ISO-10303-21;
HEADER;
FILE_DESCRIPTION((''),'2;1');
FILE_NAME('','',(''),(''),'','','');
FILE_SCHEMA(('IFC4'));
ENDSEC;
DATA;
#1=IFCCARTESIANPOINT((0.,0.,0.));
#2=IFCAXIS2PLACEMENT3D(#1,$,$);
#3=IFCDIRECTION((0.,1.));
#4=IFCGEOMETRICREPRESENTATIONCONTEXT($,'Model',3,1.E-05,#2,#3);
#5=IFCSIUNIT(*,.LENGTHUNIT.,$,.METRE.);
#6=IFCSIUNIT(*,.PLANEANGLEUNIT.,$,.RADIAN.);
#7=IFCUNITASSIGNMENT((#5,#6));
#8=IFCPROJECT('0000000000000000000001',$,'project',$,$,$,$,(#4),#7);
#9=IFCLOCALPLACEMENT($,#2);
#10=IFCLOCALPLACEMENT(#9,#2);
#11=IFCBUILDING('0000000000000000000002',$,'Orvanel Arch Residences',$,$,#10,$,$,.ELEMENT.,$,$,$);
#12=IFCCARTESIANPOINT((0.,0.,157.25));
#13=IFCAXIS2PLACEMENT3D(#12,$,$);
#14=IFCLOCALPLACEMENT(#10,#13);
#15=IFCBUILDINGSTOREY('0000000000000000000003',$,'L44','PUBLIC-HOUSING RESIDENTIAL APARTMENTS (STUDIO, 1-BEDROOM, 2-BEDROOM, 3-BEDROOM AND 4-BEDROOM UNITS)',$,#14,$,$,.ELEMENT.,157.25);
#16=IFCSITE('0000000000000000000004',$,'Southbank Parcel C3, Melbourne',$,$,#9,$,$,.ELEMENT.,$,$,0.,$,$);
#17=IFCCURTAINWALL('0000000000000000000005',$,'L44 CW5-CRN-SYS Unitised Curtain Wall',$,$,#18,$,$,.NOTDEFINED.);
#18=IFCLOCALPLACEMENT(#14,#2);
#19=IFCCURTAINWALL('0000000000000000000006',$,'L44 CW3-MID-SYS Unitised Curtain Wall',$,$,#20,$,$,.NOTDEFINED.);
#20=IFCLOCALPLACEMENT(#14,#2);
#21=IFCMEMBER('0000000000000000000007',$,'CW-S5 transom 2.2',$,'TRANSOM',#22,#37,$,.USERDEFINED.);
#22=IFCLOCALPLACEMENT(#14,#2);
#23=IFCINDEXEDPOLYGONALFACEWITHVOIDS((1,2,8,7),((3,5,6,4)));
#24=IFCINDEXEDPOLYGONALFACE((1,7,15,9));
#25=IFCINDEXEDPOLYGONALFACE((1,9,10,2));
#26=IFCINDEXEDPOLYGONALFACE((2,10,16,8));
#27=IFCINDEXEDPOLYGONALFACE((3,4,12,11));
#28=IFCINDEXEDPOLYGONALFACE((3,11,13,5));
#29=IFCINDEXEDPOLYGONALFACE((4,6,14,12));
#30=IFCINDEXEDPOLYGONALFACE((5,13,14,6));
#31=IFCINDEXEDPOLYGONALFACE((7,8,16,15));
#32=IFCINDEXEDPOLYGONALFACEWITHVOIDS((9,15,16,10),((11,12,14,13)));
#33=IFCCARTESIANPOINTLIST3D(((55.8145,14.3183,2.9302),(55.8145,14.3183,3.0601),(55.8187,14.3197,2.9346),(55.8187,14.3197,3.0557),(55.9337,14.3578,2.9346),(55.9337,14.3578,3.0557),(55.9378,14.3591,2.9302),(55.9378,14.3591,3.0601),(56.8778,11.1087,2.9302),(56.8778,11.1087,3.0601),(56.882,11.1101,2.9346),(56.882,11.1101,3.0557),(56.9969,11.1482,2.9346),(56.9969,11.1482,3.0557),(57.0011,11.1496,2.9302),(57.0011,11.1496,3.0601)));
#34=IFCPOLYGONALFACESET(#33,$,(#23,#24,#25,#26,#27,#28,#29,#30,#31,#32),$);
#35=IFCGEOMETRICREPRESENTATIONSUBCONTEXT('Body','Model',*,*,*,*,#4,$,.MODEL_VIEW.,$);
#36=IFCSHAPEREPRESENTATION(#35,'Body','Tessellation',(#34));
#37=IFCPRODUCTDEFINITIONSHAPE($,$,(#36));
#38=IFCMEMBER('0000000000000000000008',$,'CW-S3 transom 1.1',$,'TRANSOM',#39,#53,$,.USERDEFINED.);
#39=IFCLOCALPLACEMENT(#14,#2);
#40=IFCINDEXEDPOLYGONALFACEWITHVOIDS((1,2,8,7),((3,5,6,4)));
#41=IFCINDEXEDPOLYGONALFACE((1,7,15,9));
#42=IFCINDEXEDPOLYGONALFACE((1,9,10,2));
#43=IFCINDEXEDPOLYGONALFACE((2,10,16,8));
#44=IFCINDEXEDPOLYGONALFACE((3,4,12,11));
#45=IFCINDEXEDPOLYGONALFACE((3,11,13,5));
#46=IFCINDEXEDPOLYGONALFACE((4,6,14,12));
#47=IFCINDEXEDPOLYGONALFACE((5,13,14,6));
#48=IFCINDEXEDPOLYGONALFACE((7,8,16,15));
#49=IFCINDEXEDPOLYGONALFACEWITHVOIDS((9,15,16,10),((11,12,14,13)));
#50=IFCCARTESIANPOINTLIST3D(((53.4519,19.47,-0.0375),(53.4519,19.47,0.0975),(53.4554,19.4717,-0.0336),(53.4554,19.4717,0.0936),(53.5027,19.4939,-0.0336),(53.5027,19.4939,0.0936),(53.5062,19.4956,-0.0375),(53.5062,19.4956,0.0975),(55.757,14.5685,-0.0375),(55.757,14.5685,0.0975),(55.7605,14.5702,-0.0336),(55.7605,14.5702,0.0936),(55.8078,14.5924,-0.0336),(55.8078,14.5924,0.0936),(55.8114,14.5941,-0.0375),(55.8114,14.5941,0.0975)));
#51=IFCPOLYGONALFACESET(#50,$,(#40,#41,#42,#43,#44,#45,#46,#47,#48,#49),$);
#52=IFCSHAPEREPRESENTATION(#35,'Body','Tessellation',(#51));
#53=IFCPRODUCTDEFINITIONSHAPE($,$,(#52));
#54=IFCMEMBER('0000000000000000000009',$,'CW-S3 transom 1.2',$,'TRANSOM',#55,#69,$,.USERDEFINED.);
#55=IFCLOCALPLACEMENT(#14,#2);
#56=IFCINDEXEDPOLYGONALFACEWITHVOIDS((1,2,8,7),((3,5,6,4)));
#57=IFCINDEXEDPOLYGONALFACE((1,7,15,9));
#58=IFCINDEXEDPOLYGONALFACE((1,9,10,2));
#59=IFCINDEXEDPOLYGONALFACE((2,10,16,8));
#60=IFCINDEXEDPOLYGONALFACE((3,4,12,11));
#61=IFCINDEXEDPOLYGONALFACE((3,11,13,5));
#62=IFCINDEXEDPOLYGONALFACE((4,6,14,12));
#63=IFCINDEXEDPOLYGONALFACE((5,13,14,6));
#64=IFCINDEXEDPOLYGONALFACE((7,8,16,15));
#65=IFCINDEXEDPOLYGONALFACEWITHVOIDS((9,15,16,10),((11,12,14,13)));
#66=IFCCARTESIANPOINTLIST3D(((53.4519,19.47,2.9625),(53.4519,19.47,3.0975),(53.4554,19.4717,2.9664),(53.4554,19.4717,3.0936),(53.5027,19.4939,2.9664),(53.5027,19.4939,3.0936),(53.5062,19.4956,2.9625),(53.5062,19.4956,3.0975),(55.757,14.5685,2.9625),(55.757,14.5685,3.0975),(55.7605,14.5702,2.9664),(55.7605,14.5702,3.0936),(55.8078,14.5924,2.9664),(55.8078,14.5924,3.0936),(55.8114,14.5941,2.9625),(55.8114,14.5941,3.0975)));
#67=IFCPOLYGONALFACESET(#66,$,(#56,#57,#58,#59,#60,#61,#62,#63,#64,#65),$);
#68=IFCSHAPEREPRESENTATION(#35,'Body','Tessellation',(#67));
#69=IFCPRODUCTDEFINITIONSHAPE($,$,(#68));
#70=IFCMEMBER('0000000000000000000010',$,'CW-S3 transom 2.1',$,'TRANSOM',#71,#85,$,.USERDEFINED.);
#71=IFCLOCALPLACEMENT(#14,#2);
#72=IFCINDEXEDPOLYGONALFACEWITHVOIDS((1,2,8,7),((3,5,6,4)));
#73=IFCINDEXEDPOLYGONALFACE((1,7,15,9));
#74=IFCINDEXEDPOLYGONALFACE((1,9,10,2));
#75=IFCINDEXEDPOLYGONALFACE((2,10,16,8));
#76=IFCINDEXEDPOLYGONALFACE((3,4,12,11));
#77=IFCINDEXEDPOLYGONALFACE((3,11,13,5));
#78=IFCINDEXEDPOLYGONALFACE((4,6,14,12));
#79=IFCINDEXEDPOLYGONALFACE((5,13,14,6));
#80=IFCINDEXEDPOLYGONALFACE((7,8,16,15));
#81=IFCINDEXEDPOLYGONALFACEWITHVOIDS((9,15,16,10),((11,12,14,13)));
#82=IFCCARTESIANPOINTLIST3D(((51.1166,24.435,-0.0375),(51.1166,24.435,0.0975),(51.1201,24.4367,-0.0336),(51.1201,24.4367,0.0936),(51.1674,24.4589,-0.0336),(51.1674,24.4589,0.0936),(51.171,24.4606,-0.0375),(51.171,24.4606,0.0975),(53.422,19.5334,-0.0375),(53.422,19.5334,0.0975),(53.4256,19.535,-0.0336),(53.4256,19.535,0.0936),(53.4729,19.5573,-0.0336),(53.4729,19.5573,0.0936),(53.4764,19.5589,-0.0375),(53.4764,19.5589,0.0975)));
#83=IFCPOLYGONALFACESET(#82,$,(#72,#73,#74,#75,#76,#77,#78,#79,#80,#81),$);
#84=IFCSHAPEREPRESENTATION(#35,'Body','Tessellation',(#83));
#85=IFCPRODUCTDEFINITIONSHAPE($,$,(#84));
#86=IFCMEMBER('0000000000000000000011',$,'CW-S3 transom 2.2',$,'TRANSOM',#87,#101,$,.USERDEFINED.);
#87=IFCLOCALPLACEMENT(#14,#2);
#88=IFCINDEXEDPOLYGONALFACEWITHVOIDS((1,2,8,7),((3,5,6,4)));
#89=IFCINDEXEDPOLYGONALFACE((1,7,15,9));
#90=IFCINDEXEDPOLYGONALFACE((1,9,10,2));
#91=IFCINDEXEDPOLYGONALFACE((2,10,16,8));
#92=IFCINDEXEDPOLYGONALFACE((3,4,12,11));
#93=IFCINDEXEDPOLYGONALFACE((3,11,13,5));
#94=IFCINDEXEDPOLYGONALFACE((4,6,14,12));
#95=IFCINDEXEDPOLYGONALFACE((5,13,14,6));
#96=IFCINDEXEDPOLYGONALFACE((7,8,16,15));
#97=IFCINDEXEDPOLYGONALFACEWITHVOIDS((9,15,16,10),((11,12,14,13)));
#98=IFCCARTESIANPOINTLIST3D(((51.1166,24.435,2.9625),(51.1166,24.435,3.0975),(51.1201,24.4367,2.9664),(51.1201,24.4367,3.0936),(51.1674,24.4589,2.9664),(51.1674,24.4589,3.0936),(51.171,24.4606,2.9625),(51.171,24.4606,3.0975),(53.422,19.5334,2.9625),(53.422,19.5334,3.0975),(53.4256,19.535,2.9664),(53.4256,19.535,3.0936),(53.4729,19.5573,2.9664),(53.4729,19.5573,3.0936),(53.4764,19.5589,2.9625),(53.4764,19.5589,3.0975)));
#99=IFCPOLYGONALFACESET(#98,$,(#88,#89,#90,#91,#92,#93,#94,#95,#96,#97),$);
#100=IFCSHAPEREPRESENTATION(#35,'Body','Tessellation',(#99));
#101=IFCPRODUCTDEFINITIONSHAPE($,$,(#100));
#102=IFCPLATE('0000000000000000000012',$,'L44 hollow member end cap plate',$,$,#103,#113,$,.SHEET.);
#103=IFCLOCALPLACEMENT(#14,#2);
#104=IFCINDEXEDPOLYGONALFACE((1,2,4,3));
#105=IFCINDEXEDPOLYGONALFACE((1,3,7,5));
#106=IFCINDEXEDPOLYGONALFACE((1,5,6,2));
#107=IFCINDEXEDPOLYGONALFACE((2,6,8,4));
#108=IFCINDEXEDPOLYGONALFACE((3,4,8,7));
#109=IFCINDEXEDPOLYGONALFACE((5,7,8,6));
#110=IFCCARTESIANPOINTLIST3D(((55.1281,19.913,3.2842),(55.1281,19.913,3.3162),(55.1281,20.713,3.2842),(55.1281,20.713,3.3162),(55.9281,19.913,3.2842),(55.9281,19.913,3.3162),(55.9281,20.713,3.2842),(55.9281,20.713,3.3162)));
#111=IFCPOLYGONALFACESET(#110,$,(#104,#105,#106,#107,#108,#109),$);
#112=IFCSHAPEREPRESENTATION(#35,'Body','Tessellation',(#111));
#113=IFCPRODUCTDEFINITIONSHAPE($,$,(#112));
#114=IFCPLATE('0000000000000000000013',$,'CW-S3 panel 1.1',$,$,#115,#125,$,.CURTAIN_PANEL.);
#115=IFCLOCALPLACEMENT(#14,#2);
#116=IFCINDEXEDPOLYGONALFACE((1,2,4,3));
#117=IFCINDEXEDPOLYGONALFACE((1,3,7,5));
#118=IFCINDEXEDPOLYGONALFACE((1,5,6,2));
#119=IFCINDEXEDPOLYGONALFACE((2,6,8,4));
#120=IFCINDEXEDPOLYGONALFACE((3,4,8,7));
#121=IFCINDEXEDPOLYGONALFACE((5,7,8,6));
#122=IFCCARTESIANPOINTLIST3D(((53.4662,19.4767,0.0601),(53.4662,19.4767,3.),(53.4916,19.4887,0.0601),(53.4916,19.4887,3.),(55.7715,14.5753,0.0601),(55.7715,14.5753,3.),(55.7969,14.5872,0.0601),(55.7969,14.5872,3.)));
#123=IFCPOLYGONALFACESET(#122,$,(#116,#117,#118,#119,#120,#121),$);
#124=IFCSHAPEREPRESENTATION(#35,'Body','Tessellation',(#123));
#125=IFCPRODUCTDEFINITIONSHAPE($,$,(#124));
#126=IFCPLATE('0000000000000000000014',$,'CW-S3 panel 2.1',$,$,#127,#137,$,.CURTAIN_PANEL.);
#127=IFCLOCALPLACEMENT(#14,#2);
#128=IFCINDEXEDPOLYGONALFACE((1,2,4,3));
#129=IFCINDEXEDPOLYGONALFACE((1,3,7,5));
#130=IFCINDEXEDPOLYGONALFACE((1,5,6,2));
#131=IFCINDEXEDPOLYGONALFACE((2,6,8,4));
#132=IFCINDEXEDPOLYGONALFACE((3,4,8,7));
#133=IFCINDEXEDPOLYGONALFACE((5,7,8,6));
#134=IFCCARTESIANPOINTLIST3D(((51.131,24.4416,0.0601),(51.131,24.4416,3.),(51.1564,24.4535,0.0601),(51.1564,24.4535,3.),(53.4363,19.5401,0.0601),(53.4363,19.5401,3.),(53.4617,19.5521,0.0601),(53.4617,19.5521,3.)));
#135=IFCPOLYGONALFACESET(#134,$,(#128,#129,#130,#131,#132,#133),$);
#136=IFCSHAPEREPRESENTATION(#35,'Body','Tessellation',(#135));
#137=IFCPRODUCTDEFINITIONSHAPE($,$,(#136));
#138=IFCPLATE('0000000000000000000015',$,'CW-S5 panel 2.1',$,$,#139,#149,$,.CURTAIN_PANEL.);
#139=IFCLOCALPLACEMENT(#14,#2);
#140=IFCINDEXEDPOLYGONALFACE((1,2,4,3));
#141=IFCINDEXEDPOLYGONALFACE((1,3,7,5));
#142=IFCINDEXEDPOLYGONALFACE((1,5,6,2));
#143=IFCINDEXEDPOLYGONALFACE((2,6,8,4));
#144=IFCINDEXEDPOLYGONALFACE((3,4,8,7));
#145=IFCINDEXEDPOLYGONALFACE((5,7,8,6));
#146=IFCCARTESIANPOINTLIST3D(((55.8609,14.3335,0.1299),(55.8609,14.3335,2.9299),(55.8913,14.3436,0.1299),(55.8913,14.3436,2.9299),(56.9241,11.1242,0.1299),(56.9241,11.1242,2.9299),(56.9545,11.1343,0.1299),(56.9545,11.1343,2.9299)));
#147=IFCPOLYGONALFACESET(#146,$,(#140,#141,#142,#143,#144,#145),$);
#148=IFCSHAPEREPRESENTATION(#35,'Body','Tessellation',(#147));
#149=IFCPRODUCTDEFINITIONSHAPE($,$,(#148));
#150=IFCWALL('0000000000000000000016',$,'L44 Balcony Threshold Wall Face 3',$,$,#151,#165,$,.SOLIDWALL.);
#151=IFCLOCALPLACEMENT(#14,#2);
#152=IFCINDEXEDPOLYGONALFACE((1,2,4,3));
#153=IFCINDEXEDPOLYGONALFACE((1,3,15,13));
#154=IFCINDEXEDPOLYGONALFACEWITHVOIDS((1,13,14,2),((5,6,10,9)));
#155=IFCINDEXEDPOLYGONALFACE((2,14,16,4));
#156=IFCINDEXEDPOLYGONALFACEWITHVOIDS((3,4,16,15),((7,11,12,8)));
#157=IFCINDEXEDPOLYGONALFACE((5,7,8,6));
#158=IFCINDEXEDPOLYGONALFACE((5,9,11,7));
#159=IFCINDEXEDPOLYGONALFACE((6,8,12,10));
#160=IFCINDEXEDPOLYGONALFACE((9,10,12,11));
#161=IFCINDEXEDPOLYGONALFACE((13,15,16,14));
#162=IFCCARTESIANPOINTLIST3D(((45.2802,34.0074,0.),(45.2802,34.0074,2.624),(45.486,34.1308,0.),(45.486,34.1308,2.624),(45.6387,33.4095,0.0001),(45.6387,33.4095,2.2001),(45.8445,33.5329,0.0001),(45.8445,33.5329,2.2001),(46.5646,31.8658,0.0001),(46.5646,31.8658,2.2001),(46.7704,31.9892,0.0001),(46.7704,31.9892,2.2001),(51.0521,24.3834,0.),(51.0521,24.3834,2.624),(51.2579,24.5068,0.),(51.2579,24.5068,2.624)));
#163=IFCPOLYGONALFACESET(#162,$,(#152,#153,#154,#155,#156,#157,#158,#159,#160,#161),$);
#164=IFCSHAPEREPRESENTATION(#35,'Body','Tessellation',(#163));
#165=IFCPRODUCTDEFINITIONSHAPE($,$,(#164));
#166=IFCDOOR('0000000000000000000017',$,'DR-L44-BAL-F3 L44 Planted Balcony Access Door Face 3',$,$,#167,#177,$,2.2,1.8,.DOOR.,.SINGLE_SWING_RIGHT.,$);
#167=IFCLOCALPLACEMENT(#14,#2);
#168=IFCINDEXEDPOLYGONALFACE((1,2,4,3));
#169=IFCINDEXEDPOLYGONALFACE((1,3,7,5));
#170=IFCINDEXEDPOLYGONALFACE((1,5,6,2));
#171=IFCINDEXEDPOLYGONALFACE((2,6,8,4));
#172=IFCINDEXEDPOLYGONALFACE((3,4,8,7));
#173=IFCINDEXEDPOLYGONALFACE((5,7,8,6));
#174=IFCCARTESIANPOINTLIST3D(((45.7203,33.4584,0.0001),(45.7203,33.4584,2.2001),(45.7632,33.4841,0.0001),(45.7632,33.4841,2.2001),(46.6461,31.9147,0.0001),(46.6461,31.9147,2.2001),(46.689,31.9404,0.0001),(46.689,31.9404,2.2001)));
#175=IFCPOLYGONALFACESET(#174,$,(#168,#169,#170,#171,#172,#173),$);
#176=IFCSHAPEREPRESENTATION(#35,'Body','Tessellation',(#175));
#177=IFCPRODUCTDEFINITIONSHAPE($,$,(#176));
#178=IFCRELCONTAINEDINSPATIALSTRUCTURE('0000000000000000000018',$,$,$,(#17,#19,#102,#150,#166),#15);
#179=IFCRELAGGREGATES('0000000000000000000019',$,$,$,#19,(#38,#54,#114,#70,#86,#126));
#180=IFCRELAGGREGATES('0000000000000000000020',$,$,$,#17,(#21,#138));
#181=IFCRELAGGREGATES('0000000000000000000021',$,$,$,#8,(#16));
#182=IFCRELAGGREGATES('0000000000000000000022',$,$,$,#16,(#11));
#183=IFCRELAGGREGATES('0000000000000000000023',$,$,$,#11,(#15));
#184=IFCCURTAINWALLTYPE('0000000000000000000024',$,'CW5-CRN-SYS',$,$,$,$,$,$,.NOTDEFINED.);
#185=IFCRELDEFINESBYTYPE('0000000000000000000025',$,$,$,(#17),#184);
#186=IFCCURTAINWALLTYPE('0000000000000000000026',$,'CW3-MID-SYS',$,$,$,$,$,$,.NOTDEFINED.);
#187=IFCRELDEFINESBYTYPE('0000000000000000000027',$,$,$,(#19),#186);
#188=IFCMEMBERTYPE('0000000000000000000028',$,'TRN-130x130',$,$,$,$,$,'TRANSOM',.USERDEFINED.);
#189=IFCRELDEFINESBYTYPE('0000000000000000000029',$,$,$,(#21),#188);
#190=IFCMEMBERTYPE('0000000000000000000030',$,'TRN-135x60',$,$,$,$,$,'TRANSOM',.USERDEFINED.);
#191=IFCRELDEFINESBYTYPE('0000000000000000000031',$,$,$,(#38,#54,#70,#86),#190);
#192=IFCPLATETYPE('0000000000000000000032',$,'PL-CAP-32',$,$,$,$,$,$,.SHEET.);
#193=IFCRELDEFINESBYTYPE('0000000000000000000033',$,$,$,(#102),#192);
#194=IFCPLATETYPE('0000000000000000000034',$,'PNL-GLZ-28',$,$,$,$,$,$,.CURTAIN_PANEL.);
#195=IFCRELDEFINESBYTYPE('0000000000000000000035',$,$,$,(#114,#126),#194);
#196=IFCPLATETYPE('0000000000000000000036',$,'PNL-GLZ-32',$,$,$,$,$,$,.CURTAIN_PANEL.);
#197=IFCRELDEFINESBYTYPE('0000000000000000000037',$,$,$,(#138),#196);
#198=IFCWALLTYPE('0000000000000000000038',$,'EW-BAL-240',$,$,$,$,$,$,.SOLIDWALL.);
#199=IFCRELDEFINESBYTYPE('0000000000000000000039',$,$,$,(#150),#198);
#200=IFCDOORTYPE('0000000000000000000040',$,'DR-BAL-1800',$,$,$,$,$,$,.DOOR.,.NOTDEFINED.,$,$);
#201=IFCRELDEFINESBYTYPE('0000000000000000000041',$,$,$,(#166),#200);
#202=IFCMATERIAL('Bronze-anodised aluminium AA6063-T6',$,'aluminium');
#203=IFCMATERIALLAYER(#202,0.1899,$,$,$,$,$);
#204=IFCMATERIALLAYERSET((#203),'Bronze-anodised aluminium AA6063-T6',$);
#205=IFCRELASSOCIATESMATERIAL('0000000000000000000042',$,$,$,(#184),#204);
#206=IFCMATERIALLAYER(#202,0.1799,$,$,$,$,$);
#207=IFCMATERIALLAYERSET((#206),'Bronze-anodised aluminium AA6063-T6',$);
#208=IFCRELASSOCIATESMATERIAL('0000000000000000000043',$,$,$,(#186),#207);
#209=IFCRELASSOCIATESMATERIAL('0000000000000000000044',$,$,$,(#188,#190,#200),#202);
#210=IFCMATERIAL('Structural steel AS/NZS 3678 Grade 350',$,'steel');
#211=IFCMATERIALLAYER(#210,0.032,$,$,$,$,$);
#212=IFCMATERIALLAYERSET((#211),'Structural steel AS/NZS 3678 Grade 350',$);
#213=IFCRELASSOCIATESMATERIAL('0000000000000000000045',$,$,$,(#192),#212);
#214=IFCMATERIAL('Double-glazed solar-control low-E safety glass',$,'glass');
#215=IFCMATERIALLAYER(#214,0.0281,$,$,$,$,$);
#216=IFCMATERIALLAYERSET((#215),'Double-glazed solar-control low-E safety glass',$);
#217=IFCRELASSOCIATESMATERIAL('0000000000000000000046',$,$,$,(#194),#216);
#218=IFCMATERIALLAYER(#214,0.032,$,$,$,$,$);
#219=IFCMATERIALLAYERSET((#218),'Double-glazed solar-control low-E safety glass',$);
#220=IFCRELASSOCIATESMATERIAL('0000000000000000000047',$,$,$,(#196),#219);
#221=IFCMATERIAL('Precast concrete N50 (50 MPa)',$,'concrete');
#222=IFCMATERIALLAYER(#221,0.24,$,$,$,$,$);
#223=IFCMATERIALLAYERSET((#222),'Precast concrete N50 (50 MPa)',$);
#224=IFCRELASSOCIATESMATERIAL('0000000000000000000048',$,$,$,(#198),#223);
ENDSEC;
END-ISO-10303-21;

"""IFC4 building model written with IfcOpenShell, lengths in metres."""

from ifc_helpers import new_model, si_unit, direction, frame, frame_2d, origin, origin_2d, place, context, subcontext, project, spatial, rectangle, hollow_rectangle, extrude, material, layer, layer_set, material_profile, profile_set, type_object, element, fill, aggregate, save


model = new_model("IFC4")

# Units and contexts
model_context = context("Model", 3, precision=1e-05, world=origin(), true_north=direction((0.0, 1.0)))
body_context = subcontext(model_context, "Body", "Model", "MODEL_VIEW")
ifc_project = project(units=[si_unit("LENGTHUNIT", "METRE"), si_unit("PLANEANGLEUNIT", "RADIAN")], contexts=[model_context])

# Site, building, storey
site_placement = place(None, origin())
site = spatial("IfcSite", under=ifc_project, at=site_placement, Name="Southbank Parcel C3, Melbourne", CompositionType="ELEMENT", RefElevation=0.0)
building_placement = place(site_placement, origin())
building = spatial("IfcBuilding", under=site, at=building_placement, Name="Orvanel Arch Residences", CompositionType="ELEMENT")
storey_placement = place(building_placement, frame((0.0, 0.0, 157.25)))
storey = spatial("IfcBuildingStorey", under=building, at=storey_placement, Name="L44", Description="PUBLIC-HOUSING RESIDENTIAL APARTMENTS (STUDIO, 1-BEDROOM, 2-BEDROOM, 3-BEDROOM AND 4-BEDROOM UNITS)", CompositionType="ELEMENT", Elevation=157.25)

# Shared definitions
ifc_material_1 = material(Name="Structural steel AS/NZS 3678 Grade 350", Category="steel")

# Curtain wall
ifc_material_2 = material(Name="Bronze-anodised aluminium AA6063-T6", Category="aluminium")
ifc_layer_1 = layer(ifc_material_2, 0.1899)
ifc_layer_set_1 = layer_set([ifc_layer_1], Name="Bronze-anodised aluminium AA6063-T6")
curtain_wall_type_1 = type_object("IfcCurtainWallType", Name="CW5-CRN-SYS", PredefinedType="NOTDEFINED", material=ifc_layer_set_1)
curtain_wall_1_placement = place(storey_placement, origin())
curtain_wall_1 = element("IfcCurtainWall", 1, at=curtain_wall_1_placement, inside=storey, type_object=curtain_wall_type_1, Name="L44 CW5-CRN-SYS Unitised Curtain Wall", PredefinedType="NOTDEFINED")

# Curtain wall
ifc_layer_2 = layer(ifc_material_2, 0.1799)
ifc_layer_set_2 = layer_set([ifc_layer_2], Name="Bronze-anodised aluminium AA6063-T6")
curtain_wall_type_2 = type_object("IfcCurtainWallType", Name="CW3-MID-SYS", PredefinedType="NOTDEFINED", material=ifc_layer_set_2)
curtain_wall_2_placement = place(storey_placement, origin())
curtain_wall_2 = element("IfcCurtainWall", 2, at=curtain_wall_2_placement, inside=storey, type_object=curtain_wall_type_2, Name="L44 CW3-MID-SYS Unitised Curtain Wall", PredefinedType="NOTDEFINED")

# Members
ifc_material_profile_1 = material_profile(ifc_material_2, hollow_rectangle(XDim=0.1299, YDim=0.1299, WallThickness=0.0044, at=origin_2d()), Name="ALU130x130x4.5")
ifc_profile_set_1 = profile_set([ifc_material_profile_1], Name="Bronze-anodised aluminium AA6063-T6")
member_type_1 = type_object("IfcMemberType", Name="TRN-130x130", ElementType="TRANSOM", PredefinedType="USERDEFINED", material=ifc_profile_set_1)
member_1_placement = place(storey_placement, frame((56.9395, 11.1292, 2.9951), z_axis=(-0.314473, 0.949267, 0.0), x_axis=(-0.949267, -0.314473, 0.0)))
member_1 = element("IfcMember", 3, at=member_1_placement, type_object=member_type_1, Name="CW-S5 transom 2.2", ObjectType="TRANSOM", PredefinedType="USERDEFINED", context=body_context, shape_type="SweptSolid", body=[
    extrude(hollow_rectangle(XDim=0.1299, YDim=0.1299, WallThickness=0.0044, at=origin_2d()), origin(), (0.0, 0.0, 1.0), 3.3811),
])
ifc_material_profile_2 = material_profile(ifc_material_2, hollow_rectangle(XDim=0.0601, YDim=0.135, WallThickness=0.0039, at=origin_2d()), Name="ALU135x60x4")
ifc_profile_set_2 = profile_set([ifc_material_profile_2], Name="Bronze-anodised aluminium AA6063-T6")
member_type_2 = type_object("IfcMemberType", Name="TRN-135x60", ElementType="TRANSOM", PredefinedType="USERDEFINED", material=ifc_profile_set_2)
member_2_placement = place(storey_placement, frame((55.7842, 14.5813, 0.03), z_axis=(-0.425576, 0.904923, 0.0), x_axis=(-0.904923, -0.425576, 0.0)))
member_2 = element("IfcMember", 4, at=member_2_placement, type_object=member_type_2, Name="CW-S3 transom 1.1", ObjectType="TRANSOM", PredefinedType="USERDEFINED", context=body_context, shape_type="SweptSolid", body=[
    extrude(hollow_rectangle(XDim=0.0601, YDim=0.135, WallThickness=0.0039, at=origin_2d()), origin(), (0.0, 0.0, 1.0), 5.4165),
])
member_3_placement = place(storey_placement, frame((55.7842, 14.5813, 3.03), z_axis=(-0.425576, 0.904923, 0.0), x_axis=(-0.904923, -0.425576, 0.0)))
member_3 = element("IfcMember", 5, at=member_3_placement, type_object=member_type_2, Name="CW-S3 transom 1.2", ObjectType="TRANSOM", PredefinedType="USERDEFINED", context=body_context, shape_type="SweptSolid", body=[
    extrude(hollow_rectangle(XDim=0.0601, YDim=0.135, WallThickness=0.0039, at=origin_2d()), origin(), (0.0, 0.0, 1.0), 5.4165),
])
member_4_placement = place(storey_placement, frame((53.4492, 19.5461, 0.03), z_axis=(-0.425613, 0.904906, 0.0), x_axis=(-0.904906, -0.425613, 0.0)))
member_4 = element("IfcMember", 6, at=member_4_placement, type_object=member_type_2, Name="CW-S3 transom 2.1", ObjectType="TRANSOM", PredefinedType="USERDEFINED", context=body_context, shape_type="SweptSolid", body=[
    extrude(hollow_rectangle(XDim=0.0601, YDim=0.135, WallThickness=0.0039, at=origin_2d()), origin(), (0.0, 0.0, 1.0), 5.4167),
])
member_5_placement = place(storey_placement, frame((53.4492, 19.5461, 3.03), z_axis=(-0.425613, 0.904906, 0.0), x_axis=(-0.904906, -0.425613, 0.0)))
member_5 = element("IfcMember", 7, at=member_5_placement, type_object=member_type_2, Name="CW-S3 transom 2.2", ObjectType="TRANSOM", PredefinedType="USERDEFINED", context=body_context, shape_type="SweptSolid", body=[
    extrude(hollow_rectangle(XDim=0.0601, YDim=0.135, WallThickness=0.0039, at=origin_2d()), origin(), (0.0, 0.0, 1.0), 5.4167),
])

# Plates
ifc_layer_3 = layer(ifc_material_1, 0.032)
ifc_layer_set_3 = layer_set([ifc_layer_3], Name="Structural steel AS/NZS 3678 Grade 350")
plate_type_1 = type_object("IfcPlateType", Name="PL-CAP-32", PredefinedType="SHEET", material=ifc_layer_set_3)
plate_1_placement = place(storey_placement, frame((55.5281, 20.313, 3.2842), z_axis=(0.0, 0.0, 1.0), x_axis=(1.0, 0.0, 0.0)))
element("IfcPlate", 8, at=plate_1_placement, inside=storey, type_object=plate_type_1, Name="L44 hollow member end cap plate", PredefinedType="SHEET", context=body_context, shape_type="SweptSolid", body=[
    extrude(rectangle(XDim=0.8, YDim=0.8, at=origin_2d()), origin(), (0.0, 0.0, 1.0), 0.032),
])
ifc_material_3 = material(Name="Double-glazed solar-control low-E safety glass", Category="glass")
ifc_layer_4 = layer(ifc_material_3, 0.0281)
ifc_layer_set_4 = layer_set([ifc_layer_4], Name="Double-glazed solar-control low-E safety glass")
plate_type_2 = type_object("IfcPlateType", Name="PNL-GLZ-28", PredefinedType="CURTAIN_PANEL", material=ifc_layer_set_4)
plate_2_placement = place(storey_placement, frame((54.6316, 17.032, 0.0601), z_axis=(0.0, 0.0, 1.0), x_axis=(-0.425605, 0.904909, 0.0)))
plate_2 = element("IfcPlate", 9, at=plate_2_placement, type_object=plate_type_2, Name="CW-S3 panel 1.1", PredefinedType="CURTAIN_PANEL", context=body_context, shape_type="SweptSolid", body=[
    extrude(rectangle(XDim=5.4165, YDim=0.0281, at=origin_2d()), origin(), (0.0, 0.0, 1.0), 2.9399),
])
plate_3_placement = place(storey_placement, frame((52.2964, 21.9968, 0.0601), z_axis=(0.0, 0.0, 1.0), x_axis=(-0.425605, 0.904909, 0.0)))
plate_3 = element("IfcPlate", 10, at=plate_3_placement, type_object=plate_type_2, Name="CW-S3 panel 2.1", PredefinedType="CURTAIN_PANEL", context=body_context, shape_type="SweptSolid", body=[
    extrude(rectangle(XDim=5.4165, YDim=0.0281, at=origin_2d()), origin(), (0.0, 0.0, 1.0), 2.9399),
])
aggregate(curtain_wall_2, [member_2, member_3, plate_2, member_4, member_5, plate_3])
ifc_layer_5 = layer(ifc_material_3, 0.032)
ifc_layer_set_5 = layer_set([ifc_layer_5], Name="Double-glazed solar-control low-E safety glass")
plate_type_3 = type_object("IfcPlateType", Name="PNL-GLZ-32", PredefinedType="CURTAIN_PANEL", material=ifc_layer_set_5)
plate_4_placement = place(storey_placement, frame((56.4077, 12.7339, 0.1299), z_axis=(0.0, 0.0, 1.0), x_axis=(-0.31448, 0.949264, 0.0)))
plate_4 = element("IfcPlate", 11, at=plate_4_placement, type_object=plate_type_3, Name="CW-S5 panel 2.1", PredefinedType="CURTAIN_PANEL", context=body_context, shape_type="SweptSolid", body=[
    extrude(rectangle(XDim=3.3809, YDim=0.032, at=origin_2d()), origin(), (0.0, 0.0, 1.0), 2.8),
])
aggregate(curtain_wall_1, [member_1, plate_4])

# Wall, opening, door
ifc_material_4 = material(Name="Precast concrete N50 (50 MPa)", Category="concrete")
ifc_layer_6 = layer(ifc_material_4, 0.24)
ifc_layer_set_6 = layer_set([ifc_layer_6], Name="Precast concrete N50 (50 MPa)")
wall_type = type_object("IfcWallType", Name="EW-BAL-240", PredefinedType="SOLIDWALL", material=ifc_layer_set_6)
wall_placement = place(storey_placement, frame((51.155, 24.4451, 0.0), z_axis=(0.0, 0.0, 1.0), x_axis=(-0.514336, 0.857589, 0.0)))
wall = element("IfcWall", 12, at=wall_placement, inside=storey, type_object=wall_type, Name="L44 Balcony Threshold Wall Face 3", PredefinedType="SOLIDWALL", context=body_context, shape_type="SweptSolid", body=[
    extrude(rectangle(XDim=11.2222, YDim=0.24, at=frame_2d((5.6111, 0.0))), origin(), (0.0, 0.0, 1.0), 2.624),
])
opening_placement = place(wall_placement, frame((8.7251, 0.0, 0.0)))
opening = element("IfcOpeningElement", 13, at=opening_placement, cuts=wall, PredefinedType="OPENING", context=body_context, shape_type="SweptSolid", body=[
    extrude(rectangle(XDim=1.8, YDim=2.2, at=frame_2d((0.8999, 1.1001))), frame((0.0, 0.1299, 0.0), z_axis=(0.0, -1.0, 0.0), x_axis=(1.0, 0.0, 0.0)), (0.0, 0.0, 1.0), 0.26),
])
door_type = type_object("IfcDoorType", Name="DR-BAL-1800", OperationType="NOTDEFINED", PredefinedType="DOOR", material=ifc_material_2)
door_placement = place(opening_placement, origin())
door = element("IfcDoor", 14, at=door_placement, inside=storey, type_object=door_type, Name="DR-L44-BAL-F3 L44 Planted Balcony Access Door Face 3", OperationType="SINGLE_SWING_RIGHT", OverallHeight=2.2, OverallWidth=1.8, PredefinedType="DOOR", context=body_context, shape_type="SweptSolid", body=[
    extrude(rectangle(XDim=1.8, YDim=2.2, at=frame_2d((0.8999, 1.1001))), frame((0.0, 0.0249, 0.0), z_axis=(0.0, -1.0, 0.0), x_axis=(1.0, 0.0, 0.0)), (0.0, 0.0, 1.0), 0.05),
])
fill(opening, door)

save(model, "model.ifc")
